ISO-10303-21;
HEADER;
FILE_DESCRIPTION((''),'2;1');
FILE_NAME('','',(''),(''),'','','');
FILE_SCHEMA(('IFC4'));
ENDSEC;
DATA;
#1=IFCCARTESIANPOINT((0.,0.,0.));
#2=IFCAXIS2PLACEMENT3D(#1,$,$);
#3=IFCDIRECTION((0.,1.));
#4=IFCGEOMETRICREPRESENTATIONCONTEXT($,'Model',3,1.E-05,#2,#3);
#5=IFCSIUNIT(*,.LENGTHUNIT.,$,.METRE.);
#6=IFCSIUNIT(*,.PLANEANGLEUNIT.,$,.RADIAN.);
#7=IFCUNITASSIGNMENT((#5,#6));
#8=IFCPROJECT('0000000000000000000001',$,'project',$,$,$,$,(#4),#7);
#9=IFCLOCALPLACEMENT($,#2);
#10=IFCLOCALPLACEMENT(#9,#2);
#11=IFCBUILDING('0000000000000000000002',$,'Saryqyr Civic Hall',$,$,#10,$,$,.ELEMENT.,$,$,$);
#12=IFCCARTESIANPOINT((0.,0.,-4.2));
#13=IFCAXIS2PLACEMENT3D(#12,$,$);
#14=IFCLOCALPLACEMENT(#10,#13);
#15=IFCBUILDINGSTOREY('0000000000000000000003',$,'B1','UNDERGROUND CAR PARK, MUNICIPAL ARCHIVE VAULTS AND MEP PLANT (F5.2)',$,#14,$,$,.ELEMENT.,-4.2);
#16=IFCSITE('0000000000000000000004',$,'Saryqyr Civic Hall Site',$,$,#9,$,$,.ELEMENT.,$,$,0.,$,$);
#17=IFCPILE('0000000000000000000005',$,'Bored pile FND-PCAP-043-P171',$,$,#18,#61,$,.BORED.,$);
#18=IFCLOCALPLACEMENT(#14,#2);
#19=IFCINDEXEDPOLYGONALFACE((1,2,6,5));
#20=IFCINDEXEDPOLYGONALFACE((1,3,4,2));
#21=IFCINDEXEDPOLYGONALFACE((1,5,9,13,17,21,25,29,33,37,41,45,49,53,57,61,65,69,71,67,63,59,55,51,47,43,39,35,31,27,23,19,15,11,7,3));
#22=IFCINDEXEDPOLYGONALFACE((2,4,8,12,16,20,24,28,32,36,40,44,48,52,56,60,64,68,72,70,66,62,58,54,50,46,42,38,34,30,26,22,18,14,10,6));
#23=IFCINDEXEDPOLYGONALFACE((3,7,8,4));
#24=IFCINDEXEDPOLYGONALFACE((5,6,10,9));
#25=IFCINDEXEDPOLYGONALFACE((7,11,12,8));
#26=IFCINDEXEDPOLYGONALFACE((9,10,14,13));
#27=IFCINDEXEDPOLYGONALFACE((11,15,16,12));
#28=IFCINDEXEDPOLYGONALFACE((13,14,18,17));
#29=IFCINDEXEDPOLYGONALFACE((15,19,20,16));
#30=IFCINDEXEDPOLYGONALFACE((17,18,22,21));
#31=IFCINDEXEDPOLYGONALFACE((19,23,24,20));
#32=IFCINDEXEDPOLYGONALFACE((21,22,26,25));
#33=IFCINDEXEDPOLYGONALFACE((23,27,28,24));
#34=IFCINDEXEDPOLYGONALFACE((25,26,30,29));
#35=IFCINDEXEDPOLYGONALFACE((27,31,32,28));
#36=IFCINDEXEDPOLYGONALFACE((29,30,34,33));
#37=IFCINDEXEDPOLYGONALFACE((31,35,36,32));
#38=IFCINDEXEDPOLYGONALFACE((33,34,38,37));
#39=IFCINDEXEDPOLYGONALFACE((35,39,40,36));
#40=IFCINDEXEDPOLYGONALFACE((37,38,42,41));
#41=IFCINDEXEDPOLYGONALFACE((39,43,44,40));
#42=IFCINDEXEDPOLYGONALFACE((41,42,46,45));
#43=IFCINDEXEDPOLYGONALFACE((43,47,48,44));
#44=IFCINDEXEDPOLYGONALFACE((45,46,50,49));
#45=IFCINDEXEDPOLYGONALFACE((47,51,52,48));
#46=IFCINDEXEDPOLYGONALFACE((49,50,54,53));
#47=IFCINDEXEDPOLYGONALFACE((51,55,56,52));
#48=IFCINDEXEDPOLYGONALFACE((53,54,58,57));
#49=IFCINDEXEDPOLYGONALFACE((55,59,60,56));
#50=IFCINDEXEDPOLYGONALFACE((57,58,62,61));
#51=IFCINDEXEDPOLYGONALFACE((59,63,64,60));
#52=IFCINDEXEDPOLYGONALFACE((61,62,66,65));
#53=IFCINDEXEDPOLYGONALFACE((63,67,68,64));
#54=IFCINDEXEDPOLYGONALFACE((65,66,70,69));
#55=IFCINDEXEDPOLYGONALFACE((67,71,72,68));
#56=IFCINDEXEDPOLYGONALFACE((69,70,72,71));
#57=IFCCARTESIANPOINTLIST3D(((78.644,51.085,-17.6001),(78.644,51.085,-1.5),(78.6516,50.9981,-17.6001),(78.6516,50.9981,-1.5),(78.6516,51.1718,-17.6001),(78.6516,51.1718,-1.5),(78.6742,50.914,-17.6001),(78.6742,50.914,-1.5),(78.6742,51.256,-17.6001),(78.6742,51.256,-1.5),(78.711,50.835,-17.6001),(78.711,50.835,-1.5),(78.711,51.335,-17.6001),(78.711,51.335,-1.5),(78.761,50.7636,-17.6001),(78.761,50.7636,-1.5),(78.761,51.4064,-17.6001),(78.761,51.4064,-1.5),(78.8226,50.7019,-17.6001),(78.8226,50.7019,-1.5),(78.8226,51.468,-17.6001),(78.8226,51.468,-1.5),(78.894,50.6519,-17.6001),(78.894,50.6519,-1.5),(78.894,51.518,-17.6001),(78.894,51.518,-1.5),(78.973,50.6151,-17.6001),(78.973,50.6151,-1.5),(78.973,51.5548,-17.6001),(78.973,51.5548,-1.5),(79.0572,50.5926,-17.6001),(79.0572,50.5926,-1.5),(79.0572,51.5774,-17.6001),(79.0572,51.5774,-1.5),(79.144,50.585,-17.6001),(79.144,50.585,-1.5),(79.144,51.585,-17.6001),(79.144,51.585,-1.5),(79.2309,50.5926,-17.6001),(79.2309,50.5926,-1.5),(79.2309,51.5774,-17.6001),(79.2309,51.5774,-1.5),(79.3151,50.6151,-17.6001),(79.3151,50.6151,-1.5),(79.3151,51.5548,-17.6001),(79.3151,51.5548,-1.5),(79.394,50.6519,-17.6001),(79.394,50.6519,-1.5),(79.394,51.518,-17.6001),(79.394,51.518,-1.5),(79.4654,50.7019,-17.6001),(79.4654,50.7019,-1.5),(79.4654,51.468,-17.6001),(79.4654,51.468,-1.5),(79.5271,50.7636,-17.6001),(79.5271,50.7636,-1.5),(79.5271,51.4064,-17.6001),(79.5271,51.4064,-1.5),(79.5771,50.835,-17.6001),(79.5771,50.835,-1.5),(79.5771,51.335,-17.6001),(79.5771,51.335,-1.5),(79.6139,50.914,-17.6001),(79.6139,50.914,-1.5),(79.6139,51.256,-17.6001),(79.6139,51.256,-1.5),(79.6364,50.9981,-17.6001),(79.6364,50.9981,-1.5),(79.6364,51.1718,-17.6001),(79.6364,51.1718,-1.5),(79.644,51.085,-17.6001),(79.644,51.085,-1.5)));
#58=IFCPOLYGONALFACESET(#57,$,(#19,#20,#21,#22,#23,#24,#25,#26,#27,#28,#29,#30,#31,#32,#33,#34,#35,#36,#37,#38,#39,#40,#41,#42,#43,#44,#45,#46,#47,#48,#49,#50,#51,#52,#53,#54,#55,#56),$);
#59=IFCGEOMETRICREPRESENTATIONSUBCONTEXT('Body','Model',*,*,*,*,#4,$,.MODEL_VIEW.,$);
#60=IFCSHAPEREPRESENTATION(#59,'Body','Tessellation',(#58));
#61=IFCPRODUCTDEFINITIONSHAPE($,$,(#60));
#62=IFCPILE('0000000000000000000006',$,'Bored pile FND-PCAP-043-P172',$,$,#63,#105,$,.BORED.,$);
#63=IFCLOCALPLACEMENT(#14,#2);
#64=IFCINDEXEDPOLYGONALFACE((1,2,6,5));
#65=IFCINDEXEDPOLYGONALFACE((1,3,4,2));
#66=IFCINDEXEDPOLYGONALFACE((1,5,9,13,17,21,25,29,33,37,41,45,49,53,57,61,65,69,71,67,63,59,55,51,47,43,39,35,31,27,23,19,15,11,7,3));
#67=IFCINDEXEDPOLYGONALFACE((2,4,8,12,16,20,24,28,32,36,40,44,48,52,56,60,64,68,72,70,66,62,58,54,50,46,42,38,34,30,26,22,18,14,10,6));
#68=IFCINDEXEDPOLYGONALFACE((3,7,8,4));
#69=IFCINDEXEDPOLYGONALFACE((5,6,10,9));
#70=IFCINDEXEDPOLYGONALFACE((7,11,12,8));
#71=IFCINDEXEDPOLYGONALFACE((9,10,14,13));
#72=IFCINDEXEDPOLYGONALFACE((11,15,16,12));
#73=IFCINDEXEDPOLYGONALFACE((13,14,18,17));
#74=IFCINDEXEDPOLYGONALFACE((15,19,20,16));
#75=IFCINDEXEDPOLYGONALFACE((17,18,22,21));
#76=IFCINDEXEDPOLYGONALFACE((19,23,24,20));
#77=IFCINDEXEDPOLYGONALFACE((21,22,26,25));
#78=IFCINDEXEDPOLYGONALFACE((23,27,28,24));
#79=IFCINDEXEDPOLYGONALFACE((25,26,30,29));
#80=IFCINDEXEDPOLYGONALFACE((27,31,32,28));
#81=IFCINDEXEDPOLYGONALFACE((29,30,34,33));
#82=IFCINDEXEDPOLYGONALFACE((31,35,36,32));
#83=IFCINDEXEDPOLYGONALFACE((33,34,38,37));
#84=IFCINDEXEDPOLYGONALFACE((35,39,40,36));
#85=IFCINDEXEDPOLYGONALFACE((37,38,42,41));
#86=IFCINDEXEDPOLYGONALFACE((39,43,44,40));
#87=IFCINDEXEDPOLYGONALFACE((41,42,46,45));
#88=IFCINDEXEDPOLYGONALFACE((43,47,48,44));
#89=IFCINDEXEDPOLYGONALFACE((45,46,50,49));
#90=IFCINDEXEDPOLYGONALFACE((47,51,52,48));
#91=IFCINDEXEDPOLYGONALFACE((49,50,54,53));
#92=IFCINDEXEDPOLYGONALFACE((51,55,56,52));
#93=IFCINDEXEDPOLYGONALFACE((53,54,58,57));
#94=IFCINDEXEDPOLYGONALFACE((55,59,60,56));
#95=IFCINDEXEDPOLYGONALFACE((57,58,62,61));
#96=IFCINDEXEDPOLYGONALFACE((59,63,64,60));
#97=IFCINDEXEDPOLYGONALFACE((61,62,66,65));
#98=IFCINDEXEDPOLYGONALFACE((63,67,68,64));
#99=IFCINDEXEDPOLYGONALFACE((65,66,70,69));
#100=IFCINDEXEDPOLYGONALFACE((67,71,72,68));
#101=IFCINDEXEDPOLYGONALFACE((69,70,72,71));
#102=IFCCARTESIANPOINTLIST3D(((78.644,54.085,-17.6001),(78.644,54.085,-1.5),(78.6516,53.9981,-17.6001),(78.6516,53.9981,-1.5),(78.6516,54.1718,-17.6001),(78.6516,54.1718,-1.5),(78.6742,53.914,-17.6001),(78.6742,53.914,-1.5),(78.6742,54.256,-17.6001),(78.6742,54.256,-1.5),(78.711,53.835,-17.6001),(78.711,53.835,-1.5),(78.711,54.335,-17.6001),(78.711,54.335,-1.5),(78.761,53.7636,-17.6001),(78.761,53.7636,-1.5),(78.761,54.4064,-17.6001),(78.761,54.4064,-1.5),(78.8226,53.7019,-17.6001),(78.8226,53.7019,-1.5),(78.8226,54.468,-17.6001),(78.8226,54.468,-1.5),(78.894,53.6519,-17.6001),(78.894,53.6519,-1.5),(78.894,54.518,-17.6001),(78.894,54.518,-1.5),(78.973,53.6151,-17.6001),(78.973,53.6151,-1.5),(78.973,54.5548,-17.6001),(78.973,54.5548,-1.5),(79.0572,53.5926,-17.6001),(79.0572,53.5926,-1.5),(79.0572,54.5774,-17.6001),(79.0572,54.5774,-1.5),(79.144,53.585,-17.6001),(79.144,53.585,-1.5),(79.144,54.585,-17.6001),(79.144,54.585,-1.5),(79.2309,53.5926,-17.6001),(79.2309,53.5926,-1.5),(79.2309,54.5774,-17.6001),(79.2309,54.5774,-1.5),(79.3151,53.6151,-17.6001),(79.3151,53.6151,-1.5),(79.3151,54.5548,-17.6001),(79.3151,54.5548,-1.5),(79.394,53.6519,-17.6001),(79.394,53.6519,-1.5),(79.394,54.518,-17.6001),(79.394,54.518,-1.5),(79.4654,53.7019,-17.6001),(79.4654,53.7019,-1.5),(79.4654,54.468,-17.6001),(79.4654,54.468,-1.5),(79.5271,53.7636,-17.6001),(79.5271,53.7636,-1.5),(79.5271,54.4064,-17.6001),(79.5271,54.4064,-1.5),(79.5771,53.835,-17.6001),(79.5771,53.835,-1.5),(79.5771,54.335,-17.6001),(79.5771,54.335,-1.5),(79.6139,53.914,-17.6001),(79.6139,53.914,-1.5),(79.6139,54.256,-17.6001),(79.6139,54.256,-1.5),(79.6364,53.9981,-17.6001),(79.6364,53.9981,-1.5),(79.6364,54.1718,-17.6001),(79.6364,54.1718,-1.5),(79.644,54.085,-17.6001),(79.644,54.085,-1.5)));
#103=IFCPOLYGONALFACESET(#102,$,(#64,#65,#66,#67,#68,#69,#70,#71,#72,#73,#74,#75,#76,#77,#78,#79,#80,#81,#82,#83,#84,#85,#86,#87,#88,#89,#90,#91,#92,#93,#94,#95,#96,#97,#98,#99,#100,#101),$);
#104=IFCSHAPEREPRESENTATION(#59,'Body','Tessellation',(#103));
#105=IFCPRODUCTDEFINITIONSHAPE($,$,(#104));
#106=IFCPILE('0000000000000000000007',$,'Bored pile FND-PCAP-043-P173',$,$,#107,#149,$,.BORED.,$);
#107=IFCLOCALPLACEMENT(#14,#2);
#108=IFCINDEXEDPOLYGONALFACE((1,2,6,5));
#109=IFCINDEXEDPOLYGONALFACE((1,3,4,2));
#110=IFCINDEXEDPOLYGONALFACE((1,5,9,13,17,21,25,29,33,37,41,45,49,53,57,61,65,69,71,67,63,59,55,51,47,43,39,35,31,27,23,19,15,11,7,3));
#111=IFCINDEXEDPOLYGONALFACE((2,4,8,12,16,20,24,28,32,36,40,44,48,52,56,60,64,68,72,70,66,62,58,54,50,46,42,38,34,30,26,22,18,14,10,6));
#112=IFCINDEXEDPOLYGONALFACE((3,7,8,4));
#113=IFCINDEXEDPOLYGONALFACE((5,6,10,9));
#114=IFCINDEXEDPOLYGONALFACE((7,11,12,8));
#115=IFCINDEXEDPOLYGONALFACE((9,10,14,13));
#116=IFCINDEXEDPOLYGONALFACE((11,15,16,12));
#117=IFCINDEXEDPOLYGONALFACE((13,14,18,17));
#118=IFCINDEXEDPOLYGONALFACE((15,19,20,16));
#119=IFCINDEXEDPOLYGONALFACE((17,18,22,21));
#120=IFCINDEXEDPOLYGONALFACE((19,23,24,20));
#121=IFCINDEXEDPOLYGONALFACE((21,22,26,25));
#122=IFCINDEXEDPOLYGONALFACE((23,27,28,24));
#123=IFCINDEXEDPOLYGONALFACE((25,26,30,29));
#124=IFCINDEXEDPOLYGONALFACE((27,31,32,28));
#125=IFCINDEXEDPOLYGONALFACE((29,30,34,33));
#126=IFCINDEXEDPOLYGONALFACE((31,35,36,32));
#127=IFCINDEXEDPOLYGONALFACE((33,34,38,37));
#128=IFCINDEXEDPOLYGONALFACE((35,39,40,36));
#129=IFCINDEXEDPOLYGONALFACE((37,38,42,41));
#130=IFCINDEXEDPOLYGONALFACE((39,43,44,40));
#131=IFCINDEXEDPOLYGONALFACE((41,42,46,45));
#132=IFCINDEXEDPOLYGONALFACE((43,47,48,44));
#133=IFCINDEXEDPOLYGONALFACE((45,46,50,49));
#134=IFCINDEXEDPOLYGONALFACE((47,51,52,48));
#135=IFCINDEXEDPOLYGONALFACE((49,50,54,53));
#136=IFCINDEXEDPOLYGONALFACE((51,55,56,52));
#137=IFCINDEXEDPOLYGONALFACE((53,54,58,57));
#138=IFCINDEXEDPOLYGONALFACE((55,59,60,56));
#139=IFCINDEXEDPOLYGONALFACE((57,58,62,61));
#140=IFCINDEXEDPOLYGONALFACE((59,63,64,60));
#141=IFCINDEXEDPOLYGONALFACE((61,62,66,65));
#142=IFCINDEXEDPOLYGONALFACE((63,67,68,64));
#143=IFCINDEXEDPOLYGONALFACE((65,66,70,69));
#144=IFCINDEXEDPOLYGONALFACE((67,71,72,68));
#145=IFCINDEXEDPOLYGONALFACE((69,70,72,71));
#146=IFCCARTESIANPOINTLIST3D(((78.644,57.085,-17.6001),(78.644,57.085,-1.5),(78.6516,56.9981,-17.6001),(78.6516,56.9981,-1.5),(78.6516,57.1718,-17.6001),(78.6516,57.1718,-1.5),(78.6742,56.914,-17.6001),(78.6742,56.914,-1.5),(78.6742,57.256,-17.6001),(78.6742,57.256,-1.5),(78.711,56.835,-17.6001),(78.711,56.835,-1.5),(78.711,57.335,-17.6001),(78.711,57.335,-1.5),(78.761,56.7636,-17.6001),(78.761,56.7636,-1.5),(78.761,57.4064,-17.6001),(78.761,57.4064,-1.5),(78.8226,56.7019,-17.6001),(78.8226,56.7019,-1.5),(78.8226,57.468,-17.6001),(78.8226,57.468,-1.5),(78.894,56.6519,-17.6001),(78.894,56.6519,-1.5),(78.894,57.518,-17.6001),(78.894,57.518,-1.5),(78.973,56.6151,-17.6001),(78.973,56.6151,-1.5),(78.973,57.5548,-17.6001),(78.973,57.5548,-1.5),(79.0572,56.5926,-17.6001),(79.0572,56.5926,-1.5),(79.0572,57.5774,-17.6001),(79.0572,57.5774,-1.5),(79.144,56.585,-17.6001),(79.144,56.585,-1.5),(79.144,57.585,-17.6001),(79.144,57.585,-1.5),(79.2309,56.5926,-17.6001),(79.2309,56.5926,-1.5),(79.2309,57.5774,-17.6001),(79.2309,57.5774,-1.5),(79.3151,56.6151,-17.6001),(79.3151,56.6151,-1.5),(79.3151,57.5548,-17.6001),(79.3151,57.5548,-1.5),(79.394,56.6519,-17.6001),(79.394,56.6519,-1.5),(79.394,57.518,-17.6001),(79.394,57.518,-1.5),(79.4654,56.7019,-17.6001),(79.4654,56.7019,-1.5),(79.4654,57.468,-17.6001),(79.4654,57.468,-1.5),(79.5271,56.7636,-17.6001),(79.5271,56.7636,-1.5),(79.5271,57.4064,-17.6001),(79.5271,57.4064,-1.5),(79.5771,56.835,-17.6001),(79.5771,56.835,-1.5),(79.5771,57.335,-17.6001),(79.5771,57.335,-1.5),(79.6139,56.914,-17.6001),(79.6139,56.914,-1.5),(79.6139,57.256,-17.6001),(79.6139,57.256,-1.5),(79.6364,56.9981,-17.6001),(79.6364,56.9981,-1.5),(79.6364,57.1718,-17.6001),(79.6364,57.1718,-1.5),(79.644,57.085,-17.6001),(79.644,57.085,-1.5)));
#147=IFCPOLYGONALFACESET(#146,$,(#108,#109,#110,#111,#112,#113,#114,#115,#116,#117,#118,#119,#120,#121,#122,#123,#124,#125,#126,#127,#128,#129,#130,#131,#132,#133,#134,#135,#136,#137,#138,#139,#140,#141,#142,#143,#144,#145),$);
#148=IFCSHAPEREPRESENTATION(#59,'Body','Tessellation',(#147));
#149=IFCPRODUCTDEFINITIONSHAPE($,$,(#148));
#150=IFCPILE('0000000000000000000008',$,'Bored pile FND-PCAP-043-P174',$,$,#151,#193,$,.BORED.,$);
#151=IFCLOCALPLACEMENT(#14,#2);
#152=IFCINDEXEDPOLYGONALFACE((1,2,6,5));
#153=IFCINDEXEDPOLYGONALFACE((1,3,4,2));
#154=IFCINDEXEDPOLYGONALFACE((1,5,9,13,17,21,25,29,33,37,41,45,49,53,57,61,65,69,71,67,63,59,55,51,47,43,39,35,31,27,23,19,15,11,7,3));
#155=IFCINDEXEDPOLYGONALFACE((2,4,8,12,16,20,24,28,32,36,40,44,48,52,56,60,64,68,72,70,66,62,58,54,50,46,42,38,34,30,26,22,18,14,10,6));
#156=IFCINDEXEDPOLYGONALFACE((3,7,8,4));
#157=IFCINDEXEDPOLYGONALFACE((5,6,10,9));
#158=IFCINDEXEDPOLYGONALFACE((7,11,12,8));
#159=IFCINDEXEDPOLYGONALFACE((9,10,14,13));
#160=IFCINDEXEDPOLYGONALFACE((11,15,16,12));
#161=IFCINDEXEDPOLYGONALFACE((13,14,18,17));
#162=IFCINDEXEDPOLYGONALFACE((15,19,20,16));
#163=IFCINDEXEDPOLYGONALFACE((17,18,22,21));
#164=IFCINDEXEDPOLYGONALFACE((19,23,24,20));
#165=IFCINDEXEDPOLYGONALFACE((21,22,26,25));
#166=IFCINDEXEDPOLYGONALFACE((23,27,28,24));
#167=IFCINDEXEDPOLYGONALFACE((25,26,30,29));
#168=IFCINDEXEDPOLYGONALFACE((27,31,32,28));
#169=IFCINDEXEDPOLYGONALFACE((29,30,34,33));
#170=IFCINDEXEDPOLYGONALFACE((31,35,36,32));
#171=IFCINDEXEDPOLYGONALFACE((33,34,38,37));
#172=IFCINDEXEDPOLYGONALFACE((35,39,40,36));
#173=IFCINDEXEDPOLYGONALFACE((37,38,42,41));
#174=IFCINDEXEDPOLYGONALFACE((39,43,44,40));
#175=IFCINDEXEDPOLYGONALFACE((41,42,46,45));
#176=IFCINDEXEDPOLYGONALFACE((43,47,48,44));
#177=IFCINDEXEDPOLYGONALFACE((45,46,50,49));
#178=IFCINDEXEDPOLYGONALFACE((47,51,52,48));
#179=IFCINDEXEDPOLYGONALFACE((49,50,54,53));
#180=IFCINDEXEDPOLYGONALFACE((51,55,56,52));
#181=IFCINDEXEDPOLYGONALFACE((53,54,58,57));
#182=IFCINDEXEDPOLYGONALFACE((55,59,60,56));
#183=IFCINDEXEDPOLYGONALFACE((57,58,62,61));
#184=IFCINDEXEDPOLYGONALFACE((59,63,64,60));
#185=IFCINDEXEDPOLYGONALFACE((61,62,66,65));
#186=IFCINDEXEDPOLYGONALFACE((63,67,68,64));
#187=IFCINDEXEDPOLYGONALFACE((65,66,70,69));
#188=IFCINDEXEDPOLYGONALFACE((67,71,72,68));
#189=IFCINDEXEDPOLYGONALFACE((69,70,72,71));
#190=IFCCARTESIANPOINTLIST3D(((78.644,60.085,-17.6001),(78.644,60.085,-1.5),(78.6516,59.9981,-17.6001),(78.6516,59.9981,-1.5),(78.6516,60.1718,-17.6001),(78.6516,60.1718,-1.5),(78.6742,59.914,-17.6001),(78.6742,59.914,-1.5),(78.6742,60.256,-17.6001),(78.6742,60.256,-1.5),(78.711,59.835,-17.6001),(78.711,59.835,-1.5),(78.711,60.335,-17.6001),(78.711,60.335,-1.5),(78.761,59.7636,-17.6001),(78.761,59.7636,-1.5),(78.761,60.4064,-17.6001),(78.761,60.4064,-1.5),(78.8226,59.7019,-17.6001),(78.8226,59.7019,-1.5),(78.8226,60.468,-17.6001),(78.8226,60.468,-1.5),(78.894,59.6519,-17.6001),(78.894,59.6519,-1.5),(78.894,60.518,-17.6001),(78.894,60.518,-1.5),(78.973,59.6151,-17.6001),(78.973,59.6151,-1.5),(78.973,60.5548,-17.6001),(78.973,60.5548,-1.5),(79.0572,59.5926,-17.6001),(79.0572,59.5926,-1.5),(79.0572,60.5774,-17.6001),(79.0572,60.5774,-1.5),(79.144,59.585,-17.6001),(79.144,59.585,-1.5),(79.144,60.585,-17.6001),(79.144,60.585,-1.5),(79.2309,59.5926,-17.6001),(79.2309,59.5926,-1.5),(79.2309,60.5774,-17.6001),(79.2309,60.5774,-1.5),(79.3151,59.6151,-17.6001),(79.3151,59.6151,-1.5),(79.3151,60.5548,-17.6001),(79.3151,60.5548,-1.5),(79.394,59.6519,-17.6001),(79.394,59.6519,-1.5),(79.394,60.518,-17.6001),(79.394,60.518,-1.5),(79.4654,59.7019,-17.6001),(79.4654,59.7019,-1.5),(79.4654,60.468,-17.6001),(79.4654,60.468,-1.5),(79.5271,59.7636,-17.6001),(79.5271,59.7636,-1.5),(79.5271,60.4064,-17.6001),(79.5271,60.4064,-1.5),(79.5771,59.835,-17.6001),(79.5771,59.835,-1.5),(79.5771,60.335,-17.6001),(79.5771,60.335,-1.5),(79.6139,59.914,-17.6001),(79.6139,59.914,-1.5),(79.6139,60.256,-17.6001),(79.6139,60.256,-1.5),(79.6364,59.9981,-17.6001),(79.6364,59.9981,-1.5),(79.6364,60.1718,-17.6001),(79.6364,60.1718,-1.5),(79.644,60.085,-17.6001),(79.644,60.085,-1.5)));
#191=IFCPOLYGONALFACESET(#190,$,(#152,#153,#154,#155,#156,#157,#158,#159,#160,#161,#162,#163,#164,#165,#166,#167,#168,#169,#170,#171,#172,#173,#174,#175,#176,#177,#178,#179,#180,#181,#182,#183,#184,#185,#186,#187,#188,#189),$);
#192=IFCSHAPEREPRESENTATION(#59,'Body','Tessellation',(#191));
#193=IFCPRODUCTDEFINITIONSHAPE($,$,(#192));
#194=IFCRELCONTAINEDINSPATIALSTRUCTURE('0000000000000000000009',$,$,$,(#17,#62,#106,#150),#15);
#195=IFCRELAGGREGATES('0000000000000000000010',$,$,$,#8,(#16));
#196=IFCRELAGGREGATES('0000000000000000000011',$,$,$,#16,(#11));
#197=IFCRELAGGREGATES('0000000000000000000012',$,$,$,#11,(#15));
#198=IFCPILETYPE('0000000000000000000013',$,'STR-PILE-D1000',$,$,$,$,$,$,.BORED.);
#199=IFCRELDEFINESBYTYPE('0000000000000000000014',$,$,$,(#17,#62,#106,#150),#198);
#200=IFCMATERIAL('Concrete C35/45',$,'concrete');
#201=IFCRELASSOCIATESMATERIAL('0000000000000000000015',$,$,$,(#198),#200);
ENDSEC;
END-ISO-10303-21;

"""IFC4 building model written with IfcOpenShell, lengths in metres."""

from ifc_helpers import new_model, si_unit, direction, frame, origin, origin_2d, place, context, subcontext, project, spatial, circle, extrude, material, material_profile, profile_set, type_object, element, save


model = new_model("IFC4")

# Units and contexts
model_context = context("Model", 3, precision=1e-05, world=origin(), true_north=direction((0.0, 1.0)))
body_context = subcontext(model_context, "Body", "Model", "MODEL_VIEW")
ifc_project = project(units=[si_unit("LENGTHUNIT", "METRE"), si_unit("PLANEANGLEUNIT", "RADIAN")], contexts=[model_context])

# Site, building, storey
site_placement = place(None, origin())
site = spatial("IfcSite", under=ifc_project, at=site_placement, Name="Saryqyr Civic Hall Site", CompositionType="ELEMENT", RefElevation=0.0)
building_placement = place(site_placement, origin())
building = spatial("IfcBuilding", under=site, at=building_placement, Name="Saryqyr Civic Hall", CompositionType="ELEMENT")
storey_placement = place(building_placement, frame((0.0, 0.0, -4.2)))
storey = spatial("IfcBuildingStorey", under=building, at=storey_placement, Name="B1", Description="UNDERGROUND CAR PARK, MUNICIPAL ARCHIVE VAULTS AND MEP PLANT (F5.2)", CompositionType="ELEMENT", Elevation=-4.2)

# Piles
ifc_material_1 = material(Name="Concrete C35/45", Category="concrete")
ifc_material_profile_1 = material_profile(ifc_material_1, circle(Radius=0.5, at=origin_2d()), Name="BORED PILE D1000")
ifc_profile_set_1 = profile_set([ifc_material_profile_1], Name="Concrete C35/45")
pile_type = type_object("IfcPileType", Name="STR-PILE-D1000", PredefinedType="BORED", material=ifc_profile_set_1)
for number, where, z_axis, x_axis, name in (
    (1, (79.144, 51.085, -1.5), (0.0, 0.0, -1.0), (1.0, 0.0, 0.0), "Bored pile FND-PCAP-043-P171"),
    (2, (79.144, 54.085, -1.5), (0.0, 0.0, -1.0), (1.0, 0.0, 0.0), "Bored pile FND-PCAP-043-P172"),
    (3, (79.144, 57.085, -1.5), (0.0, 0.0, -1.0), (1.0, 0.0, 0.0), "Bored pile FND-PCAP-043-P173"),
    (4, (79.144, 60.085, -1.5), (0.0, 0.0, -1.0), (1.0, 0.0, 0.0), "Bored pile FND-PCAP-043-P174"),
):
    element("IfcPile", number, at=place(storey_placement, frame(where, z_axis=z_axis, x_axis=x_axis)), inside=storey, type_object=pile_type, Name=name, PredefinedType="BORED", context=body_context, shape_type="SweptSolid", body=[
        extrude(circle(Radius=0.5, at=origin_2d()), origin(), (0.0, 0.0, 1.0), 16.1001),
    ])

save(model, "model.ifc")
